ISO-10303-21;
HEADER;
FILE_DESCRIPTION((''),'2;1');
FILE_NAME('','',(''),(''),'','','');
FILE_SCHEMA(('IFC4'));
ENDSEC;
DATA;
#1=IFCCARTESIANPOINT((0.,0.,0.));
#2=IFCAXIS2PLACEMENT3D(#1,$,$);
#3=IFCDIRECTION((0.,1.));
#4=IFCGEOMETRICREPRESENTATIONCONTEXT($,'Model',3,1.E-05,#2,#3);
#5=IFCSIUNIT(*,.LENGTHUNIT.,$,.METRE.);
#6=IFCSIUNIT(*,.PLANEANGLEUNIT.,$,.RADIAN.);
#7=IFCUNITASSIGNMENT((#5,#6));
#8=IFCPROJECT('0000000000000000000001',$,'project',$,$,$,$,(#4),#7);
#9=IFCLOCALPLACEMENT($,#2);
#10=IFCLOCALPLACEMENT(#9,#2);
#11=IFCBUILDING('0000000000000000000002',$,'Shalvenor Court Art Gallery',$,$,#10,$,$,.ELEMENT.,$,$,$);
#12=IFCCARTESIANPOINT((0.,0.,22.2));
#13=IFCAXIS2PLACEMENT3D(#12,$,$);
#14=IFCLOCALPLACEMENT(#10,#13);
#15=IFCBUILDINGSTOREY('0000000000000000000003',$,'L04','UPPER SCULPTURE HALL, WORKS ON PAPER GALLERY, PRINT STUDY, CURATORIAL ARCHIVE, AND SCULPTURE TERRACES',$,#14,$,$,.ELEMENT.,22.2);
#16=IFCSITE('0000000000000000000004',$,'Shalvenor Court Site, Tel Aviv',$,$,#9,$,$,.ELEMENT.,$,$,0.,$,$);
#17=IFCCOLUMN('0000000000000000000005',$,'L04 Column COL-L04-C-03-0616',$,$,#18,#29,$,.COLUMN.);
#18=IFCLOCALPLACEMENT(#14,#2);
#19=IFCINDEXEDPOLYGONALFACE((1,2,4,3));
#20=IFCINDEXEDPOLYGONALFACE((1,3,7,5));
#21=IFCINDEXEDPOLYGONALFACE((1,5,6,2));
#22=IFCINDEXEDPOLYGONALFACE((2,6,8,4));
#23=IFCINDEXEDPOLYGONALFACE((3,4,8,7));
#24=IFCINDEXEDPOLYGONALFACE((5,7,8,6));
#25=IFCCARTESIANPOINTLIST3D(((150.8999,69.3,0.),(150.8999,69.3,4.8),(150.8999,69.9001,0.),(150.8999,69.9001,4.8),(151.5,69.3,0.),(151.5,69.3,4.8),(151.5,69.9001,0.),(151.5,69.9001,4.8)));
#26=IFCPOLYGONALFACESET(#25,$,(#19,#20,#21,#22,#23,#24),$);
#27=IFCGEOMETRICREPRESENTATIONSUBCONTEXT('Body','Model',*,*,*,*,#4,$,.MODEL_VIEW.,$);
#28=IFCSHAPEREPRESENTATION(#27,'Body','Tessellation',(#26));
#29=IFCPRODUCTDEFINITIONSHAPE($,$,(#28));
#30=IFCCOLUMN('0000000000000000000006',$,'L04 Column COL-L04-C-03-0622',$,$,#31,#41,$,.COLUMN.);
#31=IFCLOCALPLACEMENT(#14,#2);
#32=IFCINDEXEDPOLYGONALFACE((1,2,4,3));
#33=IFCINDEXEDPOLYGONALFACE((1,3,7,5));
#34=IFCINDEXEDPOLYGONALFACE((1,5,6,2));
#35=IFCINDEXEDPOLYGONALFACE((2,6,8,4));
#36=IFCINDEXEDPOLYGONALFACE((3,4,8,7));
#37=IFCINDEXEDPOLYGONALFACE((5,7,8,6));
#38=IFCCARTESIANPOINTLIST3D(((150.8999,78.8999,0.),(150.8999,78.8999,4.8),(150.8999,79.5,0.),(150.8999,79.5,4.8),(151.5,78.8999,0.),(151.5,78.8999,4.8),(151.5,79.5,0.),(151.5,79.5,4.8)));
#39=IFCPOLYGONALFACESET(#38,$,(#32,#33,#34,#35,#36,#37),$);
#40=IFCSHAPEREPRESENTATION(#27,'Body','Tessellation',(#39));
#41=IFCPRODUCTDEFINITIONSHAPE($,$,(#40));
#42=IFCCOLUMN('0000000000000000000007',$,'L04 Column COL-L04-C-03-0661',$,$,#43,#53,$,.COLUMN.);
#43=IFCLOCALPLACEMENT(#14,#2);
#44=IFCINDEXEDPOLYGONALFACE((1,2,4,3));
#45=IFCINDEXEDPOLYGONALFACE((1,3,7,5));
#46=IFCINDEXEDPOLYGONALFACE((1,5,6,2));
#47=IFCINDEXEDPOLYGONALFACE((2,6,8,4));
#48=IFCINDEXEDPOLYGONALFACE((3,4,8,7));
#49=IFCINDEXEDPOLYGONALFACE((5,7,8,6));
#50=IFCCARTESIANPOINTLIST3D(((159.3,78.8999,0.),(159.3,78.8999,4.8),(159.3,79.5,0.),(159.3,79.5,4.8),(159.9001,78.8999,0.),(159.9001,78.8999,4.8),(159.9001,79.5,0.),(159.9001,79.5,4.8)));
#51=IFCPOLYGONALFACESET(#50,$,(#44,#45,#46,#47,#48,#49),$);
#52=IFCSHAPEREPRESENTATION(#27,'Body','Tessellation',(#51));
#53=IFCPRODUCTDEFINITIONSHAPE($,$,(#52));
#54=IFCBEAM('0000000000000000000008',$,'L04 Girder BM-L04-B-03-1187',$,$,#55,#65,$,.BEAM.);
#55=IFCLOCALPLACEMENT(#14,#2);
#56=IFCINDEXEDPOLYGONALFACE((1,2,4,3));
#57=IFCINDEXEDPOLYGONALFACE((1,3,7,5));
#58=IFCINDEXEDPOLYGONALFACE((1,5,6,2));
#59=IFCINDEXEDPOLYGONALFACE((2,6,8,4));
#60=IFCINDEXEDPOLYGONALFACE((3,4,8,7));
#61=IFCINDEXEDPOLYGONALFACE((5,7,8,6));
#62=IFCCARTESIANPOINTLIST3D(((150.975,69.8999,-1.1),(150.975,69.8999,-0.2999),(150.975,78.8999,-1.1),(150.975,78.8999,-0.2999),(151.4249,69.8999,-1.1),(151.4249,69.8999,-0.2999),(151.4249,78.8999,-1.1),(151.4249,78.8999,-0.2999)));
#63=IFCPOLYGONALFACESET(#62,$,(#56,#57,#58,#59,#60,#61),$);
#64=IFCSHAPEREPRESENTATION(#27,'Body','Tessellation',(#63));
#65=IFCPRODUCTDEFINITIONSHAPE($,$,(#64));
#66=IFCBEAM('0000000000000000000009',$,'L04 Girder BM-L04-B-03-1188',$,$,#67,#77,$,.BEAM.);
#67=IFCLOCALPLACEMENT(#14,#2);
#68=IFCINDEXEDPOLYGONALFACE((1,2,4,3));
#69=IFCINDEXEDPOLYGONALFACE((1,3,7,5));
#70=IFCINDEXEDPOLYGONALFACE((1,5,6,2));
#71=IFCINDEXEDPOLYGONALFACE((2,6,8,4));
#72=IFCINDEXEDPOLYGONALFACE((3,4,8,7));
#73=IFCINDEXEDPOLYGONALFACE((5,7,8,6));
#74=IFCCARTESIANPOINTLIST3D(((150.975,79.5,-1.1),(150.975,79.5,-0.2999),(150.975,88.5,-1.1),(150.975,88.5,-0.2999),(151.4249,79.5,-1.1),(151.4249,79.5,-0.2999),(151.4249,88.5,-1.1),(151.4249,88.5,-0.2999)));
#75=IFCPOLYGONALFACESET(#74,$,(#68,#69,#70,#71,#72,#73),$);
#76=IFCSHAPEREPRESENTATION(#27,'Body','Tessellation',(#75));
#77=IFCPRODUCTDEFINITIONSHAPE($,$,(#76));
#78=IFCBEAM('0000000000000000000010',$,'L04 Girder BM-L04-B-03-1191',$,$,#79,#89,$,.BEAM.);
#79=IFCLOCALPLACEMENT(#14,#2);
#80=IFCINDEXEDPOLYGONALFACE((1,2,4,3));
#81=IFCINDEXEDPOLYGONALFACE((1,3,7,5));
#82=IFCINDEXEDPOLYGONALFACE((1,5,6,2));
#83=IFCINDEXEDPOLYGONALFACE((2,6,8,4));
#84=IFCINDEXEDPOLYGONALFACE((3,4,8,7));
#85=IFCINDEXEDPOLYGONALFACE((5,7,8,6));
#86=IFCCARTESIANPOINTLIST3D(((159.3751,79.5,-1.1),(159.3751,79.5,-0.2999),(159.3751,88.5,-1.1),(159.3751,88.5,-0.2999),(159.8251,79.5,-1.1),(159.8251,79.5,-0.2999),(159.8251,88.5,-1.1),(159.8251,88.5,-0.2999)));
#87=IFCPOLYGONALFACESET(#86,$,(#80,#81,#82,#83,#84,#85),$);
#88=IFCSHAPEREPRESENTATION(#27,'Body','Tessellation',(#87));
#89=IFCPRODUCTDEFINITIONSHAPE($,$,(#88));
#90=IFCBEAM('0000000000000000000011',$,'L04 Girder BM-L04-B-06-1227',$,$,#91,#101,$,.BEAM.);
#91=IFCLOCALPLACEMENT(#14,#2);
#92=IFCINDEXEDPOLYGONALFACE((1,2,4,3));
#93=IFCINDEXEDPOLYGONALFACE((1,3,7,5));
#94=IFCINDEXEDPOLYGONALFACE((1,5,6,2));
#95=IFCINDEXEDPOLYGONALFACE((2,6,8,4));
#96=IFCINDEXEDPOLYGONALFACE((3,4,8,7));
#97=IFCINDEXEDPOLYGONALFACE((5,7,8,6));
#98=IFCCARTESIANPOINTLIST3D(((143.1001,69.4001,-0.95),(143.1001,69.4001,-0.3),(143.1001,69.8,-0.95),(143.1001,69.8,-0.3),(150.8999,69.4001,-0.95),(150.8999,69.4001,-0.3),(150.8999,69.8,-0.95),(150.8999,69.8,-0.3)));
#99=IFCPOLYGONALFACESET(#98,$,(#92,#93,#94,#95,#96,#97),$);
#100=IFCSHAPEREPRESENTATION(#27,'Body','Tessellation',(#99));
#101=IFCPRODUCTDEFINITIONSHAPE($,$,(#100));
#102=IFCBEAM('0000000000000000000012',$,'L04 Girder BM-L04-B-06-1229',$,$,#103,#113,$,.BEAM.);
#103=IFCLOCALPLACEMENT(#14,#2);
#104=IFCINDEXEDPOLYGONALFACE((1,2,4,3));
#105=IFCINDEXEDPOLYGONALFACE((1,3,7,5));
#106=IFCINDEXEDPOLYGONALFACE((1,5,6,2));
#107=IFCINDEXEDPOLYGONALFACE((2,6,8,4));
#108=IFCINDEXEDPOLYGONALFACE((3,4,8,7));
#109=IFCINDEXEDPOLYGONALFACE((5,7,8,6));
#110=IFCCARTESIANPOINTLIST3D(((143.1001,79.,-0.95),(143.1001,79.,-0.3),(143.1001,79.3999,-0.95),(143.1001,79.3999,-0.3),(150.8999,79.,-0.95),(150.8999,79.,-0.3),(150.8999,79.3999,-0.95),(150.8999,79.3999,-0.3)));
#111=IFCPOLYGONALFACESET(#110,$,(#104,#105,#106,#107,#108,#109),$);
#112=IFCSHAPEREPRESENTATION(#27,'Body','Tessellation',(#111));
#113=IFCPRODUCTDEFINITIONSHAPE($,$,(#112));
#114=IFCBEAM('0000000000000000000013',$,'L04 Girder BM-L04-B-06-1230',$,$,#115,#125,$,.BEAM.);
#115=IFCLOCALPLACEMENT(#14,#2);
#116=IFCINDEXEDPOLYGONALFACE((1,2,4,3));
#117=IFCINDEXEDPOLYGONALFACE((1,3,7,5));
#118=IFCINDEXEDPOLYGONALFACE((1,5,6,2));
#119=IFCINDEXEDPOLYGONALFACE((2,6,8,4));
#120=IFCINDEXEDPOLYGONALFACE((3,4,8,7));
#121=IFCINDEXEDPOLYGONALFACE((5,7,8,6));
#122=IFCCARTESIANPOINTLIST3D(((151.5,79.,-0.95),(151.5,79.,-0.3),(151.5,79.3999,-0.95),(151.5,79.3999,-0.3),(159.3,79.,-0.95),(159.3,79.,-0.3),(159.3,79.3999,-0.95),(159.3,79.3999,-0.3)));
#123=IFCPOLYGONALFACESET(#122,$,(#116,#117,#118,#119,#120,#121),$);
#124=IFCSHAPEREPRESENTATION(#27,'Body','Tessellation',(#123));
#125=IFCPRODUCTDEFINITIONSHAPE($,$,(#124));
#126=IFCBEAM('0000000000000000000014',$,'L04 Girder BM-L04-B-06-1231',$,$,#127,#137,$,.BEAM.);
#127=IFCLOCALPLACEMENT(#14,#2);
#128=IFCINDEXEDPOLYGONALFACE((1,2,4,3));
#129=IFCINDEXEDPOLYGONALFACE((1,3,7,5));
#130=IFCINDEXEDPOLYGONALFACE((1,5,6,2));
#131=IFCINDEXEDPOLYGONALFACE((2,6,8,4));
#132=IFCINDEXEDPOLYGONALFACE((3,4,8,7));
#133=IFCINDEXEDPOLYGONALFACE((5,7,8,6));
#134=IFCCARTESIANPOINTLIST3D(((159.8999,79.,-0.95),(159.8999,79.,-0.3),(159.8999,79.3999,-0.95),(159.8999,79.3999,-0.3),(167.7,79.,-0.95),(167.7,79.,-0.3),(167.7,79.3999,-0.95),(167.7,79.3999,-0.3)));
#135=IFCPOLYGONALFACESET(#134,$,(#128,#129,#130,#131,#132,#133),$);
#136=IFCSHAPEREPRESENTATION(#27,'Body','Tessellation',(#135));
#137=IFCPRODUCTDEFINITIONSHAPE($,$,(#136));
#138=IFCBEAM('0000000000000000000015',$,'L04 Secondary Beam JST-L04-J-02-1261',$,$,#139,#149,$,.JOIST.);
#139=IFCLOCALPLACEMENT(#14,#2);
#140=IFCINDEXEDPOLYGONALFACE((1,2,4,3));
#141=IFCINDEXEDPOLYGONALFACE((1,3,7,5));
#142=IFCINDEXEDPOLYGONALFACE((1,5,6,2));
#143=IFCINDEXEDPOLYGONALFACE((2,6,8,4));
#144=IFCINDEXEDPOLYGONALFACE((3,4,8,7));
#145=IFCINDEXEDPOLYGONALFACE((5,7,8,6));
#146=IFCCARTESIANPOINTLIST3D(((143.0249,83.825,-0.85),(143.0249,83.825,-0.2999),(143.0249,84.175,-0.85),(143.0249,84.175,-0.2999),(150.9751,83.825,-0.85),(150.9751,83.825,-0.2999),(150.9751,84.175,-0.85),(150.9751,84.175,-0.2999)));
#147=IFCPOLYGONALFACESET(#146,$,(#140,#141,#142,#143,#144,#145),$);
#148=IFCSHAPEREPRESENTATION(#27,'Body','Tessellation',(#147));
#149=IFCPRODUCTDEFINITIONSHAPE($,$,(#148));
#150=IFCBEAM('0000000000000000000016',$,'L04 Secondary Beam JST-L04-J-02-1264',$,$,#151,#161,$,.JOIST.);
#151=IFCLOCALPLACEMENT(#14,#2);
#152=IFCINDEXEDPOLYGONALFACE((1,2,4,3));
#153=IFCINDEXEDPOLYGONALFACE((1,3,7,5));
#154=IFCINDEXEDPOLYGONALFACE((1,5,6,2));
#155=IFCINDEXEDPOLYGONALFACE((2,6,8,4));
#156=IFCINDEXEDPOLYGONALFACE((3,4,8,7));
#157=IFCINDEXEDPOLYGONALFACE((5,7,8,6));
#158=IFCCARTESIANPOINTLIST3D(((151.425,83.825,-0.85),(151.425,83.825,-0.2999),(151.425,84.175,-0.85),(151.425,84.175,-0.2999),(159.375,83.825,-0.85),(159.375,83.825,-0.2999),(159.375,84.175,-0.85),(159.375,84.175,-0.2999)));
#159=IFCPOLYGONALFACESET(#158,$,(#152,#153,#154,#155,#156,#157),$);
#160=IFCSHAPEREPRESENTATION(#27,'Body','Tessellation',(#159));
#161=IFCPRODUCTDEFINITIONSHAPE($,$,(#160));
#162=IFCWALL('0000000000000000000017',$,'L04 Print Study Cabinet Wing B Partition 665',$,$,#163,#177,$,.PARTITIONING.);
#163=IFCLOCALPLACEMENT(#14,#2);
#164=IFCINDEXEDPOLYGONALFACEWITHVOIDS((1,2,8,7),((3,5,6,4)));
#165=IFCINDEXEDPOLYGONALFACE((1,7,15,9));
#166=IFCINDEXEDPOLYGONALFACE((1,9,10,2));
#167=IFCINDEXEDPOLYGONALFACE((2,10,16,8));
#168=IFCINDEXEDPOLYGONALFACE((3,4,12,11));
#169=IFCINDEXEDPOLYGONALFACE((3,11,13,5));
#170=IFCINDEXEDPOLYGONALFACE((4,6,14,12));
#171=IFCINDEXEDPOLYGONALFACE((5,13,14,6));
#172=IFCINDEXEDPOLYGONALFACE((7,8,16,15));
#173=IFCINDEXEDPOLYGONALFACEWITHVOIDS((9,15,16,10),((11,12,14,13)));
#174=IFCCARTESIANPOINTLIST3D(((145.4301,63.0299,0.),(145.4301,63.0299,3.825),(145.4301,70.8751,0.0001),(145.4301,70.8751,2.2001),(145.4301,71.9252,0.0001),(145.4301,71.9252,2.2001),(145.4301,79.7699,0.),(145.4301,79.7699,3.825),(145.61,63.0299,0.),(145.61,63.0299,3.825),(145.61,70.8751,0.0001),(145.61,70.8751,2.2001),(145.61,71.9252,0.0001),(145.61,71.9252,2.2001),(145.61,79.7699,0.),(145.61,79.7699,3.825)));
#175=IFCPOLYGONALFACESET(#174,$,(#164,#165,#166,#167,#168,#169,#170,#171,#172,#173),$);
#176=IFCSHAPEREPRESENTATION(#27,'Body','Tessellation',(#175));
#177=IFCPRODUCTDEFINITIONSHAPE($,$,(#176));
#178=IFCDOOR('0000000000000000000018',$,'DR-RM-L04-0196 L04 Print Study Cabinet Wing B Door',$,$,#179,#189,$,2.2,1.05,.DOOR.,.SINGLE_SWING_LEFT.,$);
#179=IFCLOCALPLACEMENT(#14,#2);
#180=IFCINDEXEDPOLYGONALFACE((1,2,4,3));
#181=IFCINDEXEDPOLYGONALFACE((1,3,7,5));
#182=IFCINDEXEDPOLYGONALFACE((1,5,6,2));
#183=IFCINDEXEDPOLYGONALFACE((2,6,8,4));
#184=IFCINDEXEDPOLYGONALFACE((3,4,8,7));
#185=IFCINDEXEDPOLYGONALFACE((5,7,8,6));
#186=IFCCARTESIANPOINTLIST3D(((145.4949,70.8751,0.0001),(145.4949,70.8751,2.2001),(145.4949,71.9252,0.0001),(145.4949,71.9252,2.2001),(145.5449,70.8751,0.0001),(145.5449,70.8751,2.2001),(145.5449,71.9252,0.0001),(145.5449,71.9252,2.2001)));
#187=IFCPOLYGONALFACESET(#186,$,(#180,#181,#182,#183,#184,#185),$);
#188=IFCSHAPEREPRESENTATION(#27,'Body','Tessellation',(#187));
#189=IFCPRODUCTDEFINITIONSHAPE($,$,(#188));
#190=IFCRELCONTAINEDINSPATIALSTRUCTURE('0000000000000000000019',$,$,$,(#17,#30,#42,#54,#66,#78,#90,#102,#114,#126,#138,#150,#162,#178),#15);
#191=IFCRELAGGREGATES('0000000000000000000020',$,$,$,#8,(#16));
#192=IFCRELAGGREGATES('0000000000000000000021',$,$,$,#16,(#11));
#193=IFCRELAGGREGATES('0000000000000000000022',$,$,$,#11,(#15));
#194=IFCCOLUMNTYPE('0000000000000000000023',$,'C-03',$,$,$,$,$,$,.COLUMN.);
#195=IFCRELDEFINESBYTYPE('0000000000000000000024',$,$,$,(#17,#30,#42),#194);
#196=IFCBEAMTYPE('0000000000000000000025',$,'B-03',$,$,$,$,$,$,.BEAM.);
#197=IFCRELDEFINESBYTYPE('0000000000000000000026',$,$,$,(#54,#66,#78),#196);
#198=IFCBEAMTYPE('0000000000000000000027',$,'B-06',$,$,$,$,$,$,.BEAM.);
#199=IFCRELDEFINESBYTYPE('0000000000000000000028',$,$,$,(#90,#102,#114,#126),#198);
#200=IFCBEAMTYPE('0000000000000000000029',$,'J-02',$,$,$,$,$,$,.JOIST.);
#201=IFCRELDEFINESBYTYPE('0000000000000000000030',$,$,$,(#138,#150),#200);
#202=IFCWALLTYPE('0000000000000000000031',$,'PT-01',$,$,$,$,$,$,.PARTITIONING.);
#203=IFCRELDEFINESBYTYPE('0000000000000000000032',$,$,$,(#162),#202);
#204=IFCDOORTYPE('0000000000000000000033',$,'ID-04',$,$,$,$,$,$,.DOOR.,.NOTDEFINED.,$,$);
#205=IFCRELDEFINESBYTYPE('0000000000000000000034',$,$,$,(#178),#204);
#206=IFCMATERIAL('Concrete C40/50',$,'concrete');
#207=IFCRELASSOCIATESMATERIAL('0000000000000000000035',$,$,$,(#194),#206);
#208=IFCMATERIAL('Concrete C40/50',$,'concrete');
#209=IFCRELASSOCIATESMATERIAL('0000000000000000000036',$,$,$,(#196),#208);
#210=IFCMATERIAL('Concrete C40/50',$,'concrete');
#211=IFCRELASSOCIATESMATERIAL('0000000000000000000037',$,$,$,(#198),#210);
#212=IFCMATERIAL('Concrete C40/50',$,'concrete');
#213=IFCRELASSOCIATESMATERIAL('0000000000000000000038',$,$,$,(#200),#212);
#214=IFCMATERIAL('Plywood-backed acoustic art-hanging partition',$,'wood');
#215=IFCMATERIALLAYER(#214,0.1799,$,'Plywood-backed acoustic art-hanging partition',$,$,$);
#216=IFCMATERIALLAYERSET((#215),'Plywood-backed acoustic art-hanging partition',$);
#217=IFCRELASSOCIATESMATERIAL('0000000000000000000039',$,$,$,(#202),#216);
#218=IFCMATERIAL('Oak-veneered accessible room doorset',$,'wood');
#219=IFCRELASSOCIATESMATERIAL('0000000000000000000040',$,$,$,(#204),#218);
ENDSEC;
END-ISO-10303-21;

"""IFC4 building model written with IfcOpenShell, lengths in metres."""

from ifc_helpers import new_model, si_unit, direction, frame, frame_2d, origin, origin_2d, place, context, subcontext, project, spatial, rectangle, extrude, material, layer, layer_set, material_profile, profile_set, type_object, element, fill, save


model = new_model("IFC4")

# Units and contexts
model_context = context("Model", 3, precision=1e-05, world=origin(), true_north=direction((0.0, 1.0)))
body_context = subcontext(model_context, "Body", "Model", "MODEL_VIEW")
ifc_project = project(units=[si_unit("LENGTHUNIT", "METRE"), si_unit("PLANEANGLEUNIT", "RADIAN")], contexts=[model_context])

# Site, building, storey
site_placement = place(None, origin())
site = spatial("IfcSite", under=ifc_project, at=site_placement, Name="Shalvenor Court Site, Tel Aviv", CompositionType="ELEMENT", RefElevation=0.0)
building_placement = place(site_placement, origin())
building = spatial("IfcBuilding", under=site, at=building_placement, Name="Shalvenor Court Art Gallery", CompositionType="ELEMENT")
storey_placement = place(building_placement, frame((0.0, 0.0, 22.2)))
storey = spatial("IfcBuildingStorey", under=building, at=storey_placement, Name="L04", Description="UPPER SCULPTURE HALL, WORKS ON PAPER GALLERY, PRINT STUDY, CURATORIAL ARCHIVE, AND SCULPTURE TERRACES", CompositionType="ELEMENT", Elevation=22.2)

# Columns
ifc_material_1 = material(Name="Concrete C40/50", Category="concrete")
ifc_material_profile_1 = material_profile(ifc_material_1, rectangle(XDim=0.6001, YDim=0.6001, at=origin_2d()), Name="RC 600x600")
ifc_profile_set_1 = profile_set([ifc_material_profile_1], Name="Concrete C40/50")
column_type = type_object("IfcColumnType", Name="C-03", PredefinedType="COLUMN", material=ifc_profile_set_1)
for number, where, z_axis, x_axis, name in (
    (1, (151.2, 69.6001, 0.0), (0.0, 0.0, 1.0), (1.0, 0.0, 0.0), "L04 Column COL-L04-C-03-0616"),
    (2, (151.2, 79.2, 0.0), (0.0, 0.0, 1.0), (1.0, 0.0, 0.0), "L04 Column COL-L04-C-03-0622"),
    (3, (159.6001, 79.2, 0.0), (0.0, 0.0, 1.0), (1.0, 0.0, 0.0), "L04 Column COL-L04-C-03-0661"),
):
    element("IfcColumn", number, at=place(storey_placement, frame(where, z_axis=z_axis, x_axis=x_axis)), inside=storey, type_object=column_type, Name=name, PredefinedType="COLUMN", context=body_context, shape_type="SweptSolid", body=[
        extrude(rectangle(XDim=0.6001, YDim=0.6001, at=origin_2d()), origin(), (0.0, 0.0, 1.0), 4.8),
    ])

# Beams
ifc_material_2 = material(Name="Concrete C40/50", Category="concrete")
ifc_material_profile_2 = material_profile(ifc_material_2, rectangle(XDim=0.45, YDim=0.8, at=origin_2d()), Name="RC 450x800")
ifc_profile_set_2 = profile_set([ifc_material_profile_2], Name="Concrete C40/50")
beam_type_1 = type_object("IfcBeamType", Name="B-03", PredefinedType="BEAM", material=ifc_profile_set_2)
for number, where, z_axis, x_axis, name in (
    (4, (151.2, 69.8999, -0.7), (0.0, 1.0, 0.0), (-1.0, 0.0, 0.0), "L04 Girder BM-L04-B-03-1187"),
    (5, (151.2, 79.5, -0.7), (0.0, 1.0, 0.0), (-1.0, 0.0, 0.0), "L04 Girder BM-L04-B-03-1188"),
    (6, (159.6001, 79.5, -0.7), (0.0, 1.0, 0.0), (-1.0, 0.0, 0.0), "L04 Girder BM-L04-B-03-1191"),
):
    element("IfcBeam", number, at=place(storey_placement, frame(where, z_axis=z_axis, x_axis=x_axis)), inside=storey, type_object=beam_type_1, Name=name, PredefinedType="BEAM", context=body_context, shape_type="SweptSolid", body=[
        extrude(rectangle(XDim=0.45, YDim=0.8, at=origin_2d()), origin(), (0.0, 0.0, 1.0), 9.0),
    ])
ifc_material_3 = material(Name="Concrete C40/50", Category="concrete")
ifc_material_profile_3 = material_profile(ifc_material_3, rectangle(XDim=0.3999, YDim=0.6499, at=origin_2d()), Name="RC 400x650")
ifc_profile_set_3 = profile_set([ifc_material_profile_3], Name="Concrete C40/50")
beam_type_2 = type_object("IfcBeamType", Name="B-06", PredefinedType="BEAM", material=ifc_profile_set_3)
for number, where, z_axis, x_axis, name in (
    (7, (143.1001, 69.6001, -0.625), (1.0, 0.0, 0.0), (0.0, 1.0, 0.0), "L04 Girder BM-L04-B-06-1227"),
    (8, (143.1001, 79.2, -0.625), (1.0, 0.0, 0.0), (0.0, 1.0, 0.0), "L04 Girder BM-L04-B-06-1229"),
):
    element("IfcBeam", number, at=place(storey_placement, frame(where, z_axis=z_axis, x_axis=x_axis)), inside=storey, type_object=beam_type_2, Name=name, PredefinedType="BEAM", context=body_context, shape_type="SweptSolid", body=[
        extrude(rectangle(XDim=0.3999, YDim=0.6499, at=origin_2d()), origin(), (0.0, 0.0, 1.0), 7.7998),
    ])
for number, where, z_axis, x_axis, name in (
    (9, (151.5, 79.2, -0.625), (1.0, 0.0, 0.0), (0.0, 1.0, 0.0), "L04 Girder BM-L04-B-06-1230"),
    (10, (159.8999, 79.2, -0.625), (1.0, 0.0, 0.0), (0.0, 1.0, 0.0), "L04 Girder BM-L04-B-06-1231"),
):
    element("IfcBeam", number, at=place(storey_placement, frame(where, z_axis=z_axis, x_axis=x_axis)), inside=storey, type_object=beam_type_2, Name=name, PredefinedType="BEAM", context=body_context, shape_type="SweptSolid", body=[
        extrude(rectangle(XDim=0.3999, YDim=0.6499, at=origin_2d()), origin(), (0.0, 0.0, 1.0), 7.8),
    ])
ifc_material_4 = material(Name="Concrete C40/50", Category="concrete")
ifc_material_profile_4 = material_profile(ifc_material_4, rectangle(XDim=0.3501, YDim=0.55, at=origin_2d()), Name="RC 350x550")
ifc_profile_set_4 = profile_set([ifc_material_profile_4], Name="Concrete C40/50")
beam_type_3 = type_object("IfcBeamType", Name="J-02", PredefinedType="JOIST", material=ifc_profile_set_4)
beam_1_placement = place(storey_placement, frame((143.0249, 84.0, -0.575), z_axis=(1.0, 0.0, 0.0), x_axis=(0.0, 1.0, 0.0)))
element("IfcBeam", 11, at=beam_1_placement, inside=storey, type_object=beam_type_3, Name="L04 Secondary Beam JST-L04-J-02-1261", PredefinedType="JOIST", context=body_context, shape_type="SweptSolid", body=[
    extrude(rectangle(XDim=0.3501, YDim=0.55, at=origin_2d()), origin(), (0.0, 0.0, 1.0), 7.9502),
])
beam_2_placement = place(storey_placement, frame((151.425, 84.0, -0.575), z_axis=(1.0, 0.0, 0.0), x_axis=(0.0, 1.0, 0.0)))
element("IfcBeam", 12, at=beam_2_placement, inside=storey, type_object=beam_type_3, Name="L04 Secondary Beam JST-L04-J-02-1264", PredefinedType="JOIST", context=body_context, shape_type="SweptSolid", body=[
    extrude(rectangle(XDim=0.3501, YDim=0.55, at=origin_2d()), origin(), (0.0, 0.0, 1.0), 7.95),
])

# Wall, opening, door
ifc_material_5 = material(Name="Plywood-backed acoustic art-hanging partition", Category="wood")
ifc_layer_1 = layer(ifc_material_5, 0.1799, Name="Plywood-backed acoustic art-hanging partition")
ifc_layer_set_1 = layer_set([ifc_layer_1], Name="Plywood-backed acoustic art-hanging partition")
wall_type_1 = type_object("IfcWallType", Name="PT-01", PredefinedType="PARTITIONING", material=ifc_layer_set_1)
wall_1_placement = place(storey_placement, frame((145.52, 79.77, 0.0), z_axis=(0.0, 0.0, 1.0), x_axis=(0.0, -1.0, 0.0)))
wall_1 = element("IfcWall", 13, at=wall_1_placement, inside=storey, type_object=wall_type_1, Name="L04 Print Study Cabinet Wing B Partition 665", PredefinedType="PARTITIONING", context=body_context, shape_type="SweptSolid", body=[
    extrude(rectangle(XDim=16.74, YDim=0.1799, at=frame_2d((8.3701, 0.0))), origin(), (0.0, 0.0, 1.0), 3.825),
])
opening_placement = place(wall_1_placement, frame((7.845, 0.0, 0.0)))
opening = element("IfcOpeningElement", 14, at=opening_placement, cuts=wall_1, PredefinedType="OPENING", context=body_context, shape_type="SweptSolid", body=[
    extrude(rectangle(XDim=1.05, YDim=2.2, at=frame_2d((0.5249, 1.1001))), frame((0.0, 0.0999, 0.0), z_axis=(0.0, -1.0, 0.0), x_axis=(1.0, 0.0, 0.0)), (0.0, 0.0, 1.0), 0.2),
])
ifc_material_6 = material(Name="Oak-veneered accessible room doorset", Category="wood")
door_type = type_object("IfcDoorType", Name="ID-04", OperationType="NOTDEFINED", PredefinedType="DOOR", material=ifc_material_6)
door_placement = place(opening_placement, origin())
door = element("IfcDoor", 15, at=door_placement, inside=storey, type_object=door_type, Name="DR-RM-L04-0196 L04 Print Study Cabinet Wing B Door", OperationType="SINGLE_SWING_LEFT", OverallHeight=2.2, OverallWidth=1.05, PredefinedType="DOOR", context=body_context, shape_type="SweptSolid", body=[
    extrude(rectangle(XDim=1.05, YDim=2.2, at=frame_2d((0.5249, 1.1001))), frame((0.0, 0.0249, 0.0), z_axis=(0.0, -1.0, 0.0), x_axis=(1.0, 0.0, 0.0)), (0.0, 0.0, 1.0), 0.05),
])
fill(opening, door)

save(model, "model.ifc")
